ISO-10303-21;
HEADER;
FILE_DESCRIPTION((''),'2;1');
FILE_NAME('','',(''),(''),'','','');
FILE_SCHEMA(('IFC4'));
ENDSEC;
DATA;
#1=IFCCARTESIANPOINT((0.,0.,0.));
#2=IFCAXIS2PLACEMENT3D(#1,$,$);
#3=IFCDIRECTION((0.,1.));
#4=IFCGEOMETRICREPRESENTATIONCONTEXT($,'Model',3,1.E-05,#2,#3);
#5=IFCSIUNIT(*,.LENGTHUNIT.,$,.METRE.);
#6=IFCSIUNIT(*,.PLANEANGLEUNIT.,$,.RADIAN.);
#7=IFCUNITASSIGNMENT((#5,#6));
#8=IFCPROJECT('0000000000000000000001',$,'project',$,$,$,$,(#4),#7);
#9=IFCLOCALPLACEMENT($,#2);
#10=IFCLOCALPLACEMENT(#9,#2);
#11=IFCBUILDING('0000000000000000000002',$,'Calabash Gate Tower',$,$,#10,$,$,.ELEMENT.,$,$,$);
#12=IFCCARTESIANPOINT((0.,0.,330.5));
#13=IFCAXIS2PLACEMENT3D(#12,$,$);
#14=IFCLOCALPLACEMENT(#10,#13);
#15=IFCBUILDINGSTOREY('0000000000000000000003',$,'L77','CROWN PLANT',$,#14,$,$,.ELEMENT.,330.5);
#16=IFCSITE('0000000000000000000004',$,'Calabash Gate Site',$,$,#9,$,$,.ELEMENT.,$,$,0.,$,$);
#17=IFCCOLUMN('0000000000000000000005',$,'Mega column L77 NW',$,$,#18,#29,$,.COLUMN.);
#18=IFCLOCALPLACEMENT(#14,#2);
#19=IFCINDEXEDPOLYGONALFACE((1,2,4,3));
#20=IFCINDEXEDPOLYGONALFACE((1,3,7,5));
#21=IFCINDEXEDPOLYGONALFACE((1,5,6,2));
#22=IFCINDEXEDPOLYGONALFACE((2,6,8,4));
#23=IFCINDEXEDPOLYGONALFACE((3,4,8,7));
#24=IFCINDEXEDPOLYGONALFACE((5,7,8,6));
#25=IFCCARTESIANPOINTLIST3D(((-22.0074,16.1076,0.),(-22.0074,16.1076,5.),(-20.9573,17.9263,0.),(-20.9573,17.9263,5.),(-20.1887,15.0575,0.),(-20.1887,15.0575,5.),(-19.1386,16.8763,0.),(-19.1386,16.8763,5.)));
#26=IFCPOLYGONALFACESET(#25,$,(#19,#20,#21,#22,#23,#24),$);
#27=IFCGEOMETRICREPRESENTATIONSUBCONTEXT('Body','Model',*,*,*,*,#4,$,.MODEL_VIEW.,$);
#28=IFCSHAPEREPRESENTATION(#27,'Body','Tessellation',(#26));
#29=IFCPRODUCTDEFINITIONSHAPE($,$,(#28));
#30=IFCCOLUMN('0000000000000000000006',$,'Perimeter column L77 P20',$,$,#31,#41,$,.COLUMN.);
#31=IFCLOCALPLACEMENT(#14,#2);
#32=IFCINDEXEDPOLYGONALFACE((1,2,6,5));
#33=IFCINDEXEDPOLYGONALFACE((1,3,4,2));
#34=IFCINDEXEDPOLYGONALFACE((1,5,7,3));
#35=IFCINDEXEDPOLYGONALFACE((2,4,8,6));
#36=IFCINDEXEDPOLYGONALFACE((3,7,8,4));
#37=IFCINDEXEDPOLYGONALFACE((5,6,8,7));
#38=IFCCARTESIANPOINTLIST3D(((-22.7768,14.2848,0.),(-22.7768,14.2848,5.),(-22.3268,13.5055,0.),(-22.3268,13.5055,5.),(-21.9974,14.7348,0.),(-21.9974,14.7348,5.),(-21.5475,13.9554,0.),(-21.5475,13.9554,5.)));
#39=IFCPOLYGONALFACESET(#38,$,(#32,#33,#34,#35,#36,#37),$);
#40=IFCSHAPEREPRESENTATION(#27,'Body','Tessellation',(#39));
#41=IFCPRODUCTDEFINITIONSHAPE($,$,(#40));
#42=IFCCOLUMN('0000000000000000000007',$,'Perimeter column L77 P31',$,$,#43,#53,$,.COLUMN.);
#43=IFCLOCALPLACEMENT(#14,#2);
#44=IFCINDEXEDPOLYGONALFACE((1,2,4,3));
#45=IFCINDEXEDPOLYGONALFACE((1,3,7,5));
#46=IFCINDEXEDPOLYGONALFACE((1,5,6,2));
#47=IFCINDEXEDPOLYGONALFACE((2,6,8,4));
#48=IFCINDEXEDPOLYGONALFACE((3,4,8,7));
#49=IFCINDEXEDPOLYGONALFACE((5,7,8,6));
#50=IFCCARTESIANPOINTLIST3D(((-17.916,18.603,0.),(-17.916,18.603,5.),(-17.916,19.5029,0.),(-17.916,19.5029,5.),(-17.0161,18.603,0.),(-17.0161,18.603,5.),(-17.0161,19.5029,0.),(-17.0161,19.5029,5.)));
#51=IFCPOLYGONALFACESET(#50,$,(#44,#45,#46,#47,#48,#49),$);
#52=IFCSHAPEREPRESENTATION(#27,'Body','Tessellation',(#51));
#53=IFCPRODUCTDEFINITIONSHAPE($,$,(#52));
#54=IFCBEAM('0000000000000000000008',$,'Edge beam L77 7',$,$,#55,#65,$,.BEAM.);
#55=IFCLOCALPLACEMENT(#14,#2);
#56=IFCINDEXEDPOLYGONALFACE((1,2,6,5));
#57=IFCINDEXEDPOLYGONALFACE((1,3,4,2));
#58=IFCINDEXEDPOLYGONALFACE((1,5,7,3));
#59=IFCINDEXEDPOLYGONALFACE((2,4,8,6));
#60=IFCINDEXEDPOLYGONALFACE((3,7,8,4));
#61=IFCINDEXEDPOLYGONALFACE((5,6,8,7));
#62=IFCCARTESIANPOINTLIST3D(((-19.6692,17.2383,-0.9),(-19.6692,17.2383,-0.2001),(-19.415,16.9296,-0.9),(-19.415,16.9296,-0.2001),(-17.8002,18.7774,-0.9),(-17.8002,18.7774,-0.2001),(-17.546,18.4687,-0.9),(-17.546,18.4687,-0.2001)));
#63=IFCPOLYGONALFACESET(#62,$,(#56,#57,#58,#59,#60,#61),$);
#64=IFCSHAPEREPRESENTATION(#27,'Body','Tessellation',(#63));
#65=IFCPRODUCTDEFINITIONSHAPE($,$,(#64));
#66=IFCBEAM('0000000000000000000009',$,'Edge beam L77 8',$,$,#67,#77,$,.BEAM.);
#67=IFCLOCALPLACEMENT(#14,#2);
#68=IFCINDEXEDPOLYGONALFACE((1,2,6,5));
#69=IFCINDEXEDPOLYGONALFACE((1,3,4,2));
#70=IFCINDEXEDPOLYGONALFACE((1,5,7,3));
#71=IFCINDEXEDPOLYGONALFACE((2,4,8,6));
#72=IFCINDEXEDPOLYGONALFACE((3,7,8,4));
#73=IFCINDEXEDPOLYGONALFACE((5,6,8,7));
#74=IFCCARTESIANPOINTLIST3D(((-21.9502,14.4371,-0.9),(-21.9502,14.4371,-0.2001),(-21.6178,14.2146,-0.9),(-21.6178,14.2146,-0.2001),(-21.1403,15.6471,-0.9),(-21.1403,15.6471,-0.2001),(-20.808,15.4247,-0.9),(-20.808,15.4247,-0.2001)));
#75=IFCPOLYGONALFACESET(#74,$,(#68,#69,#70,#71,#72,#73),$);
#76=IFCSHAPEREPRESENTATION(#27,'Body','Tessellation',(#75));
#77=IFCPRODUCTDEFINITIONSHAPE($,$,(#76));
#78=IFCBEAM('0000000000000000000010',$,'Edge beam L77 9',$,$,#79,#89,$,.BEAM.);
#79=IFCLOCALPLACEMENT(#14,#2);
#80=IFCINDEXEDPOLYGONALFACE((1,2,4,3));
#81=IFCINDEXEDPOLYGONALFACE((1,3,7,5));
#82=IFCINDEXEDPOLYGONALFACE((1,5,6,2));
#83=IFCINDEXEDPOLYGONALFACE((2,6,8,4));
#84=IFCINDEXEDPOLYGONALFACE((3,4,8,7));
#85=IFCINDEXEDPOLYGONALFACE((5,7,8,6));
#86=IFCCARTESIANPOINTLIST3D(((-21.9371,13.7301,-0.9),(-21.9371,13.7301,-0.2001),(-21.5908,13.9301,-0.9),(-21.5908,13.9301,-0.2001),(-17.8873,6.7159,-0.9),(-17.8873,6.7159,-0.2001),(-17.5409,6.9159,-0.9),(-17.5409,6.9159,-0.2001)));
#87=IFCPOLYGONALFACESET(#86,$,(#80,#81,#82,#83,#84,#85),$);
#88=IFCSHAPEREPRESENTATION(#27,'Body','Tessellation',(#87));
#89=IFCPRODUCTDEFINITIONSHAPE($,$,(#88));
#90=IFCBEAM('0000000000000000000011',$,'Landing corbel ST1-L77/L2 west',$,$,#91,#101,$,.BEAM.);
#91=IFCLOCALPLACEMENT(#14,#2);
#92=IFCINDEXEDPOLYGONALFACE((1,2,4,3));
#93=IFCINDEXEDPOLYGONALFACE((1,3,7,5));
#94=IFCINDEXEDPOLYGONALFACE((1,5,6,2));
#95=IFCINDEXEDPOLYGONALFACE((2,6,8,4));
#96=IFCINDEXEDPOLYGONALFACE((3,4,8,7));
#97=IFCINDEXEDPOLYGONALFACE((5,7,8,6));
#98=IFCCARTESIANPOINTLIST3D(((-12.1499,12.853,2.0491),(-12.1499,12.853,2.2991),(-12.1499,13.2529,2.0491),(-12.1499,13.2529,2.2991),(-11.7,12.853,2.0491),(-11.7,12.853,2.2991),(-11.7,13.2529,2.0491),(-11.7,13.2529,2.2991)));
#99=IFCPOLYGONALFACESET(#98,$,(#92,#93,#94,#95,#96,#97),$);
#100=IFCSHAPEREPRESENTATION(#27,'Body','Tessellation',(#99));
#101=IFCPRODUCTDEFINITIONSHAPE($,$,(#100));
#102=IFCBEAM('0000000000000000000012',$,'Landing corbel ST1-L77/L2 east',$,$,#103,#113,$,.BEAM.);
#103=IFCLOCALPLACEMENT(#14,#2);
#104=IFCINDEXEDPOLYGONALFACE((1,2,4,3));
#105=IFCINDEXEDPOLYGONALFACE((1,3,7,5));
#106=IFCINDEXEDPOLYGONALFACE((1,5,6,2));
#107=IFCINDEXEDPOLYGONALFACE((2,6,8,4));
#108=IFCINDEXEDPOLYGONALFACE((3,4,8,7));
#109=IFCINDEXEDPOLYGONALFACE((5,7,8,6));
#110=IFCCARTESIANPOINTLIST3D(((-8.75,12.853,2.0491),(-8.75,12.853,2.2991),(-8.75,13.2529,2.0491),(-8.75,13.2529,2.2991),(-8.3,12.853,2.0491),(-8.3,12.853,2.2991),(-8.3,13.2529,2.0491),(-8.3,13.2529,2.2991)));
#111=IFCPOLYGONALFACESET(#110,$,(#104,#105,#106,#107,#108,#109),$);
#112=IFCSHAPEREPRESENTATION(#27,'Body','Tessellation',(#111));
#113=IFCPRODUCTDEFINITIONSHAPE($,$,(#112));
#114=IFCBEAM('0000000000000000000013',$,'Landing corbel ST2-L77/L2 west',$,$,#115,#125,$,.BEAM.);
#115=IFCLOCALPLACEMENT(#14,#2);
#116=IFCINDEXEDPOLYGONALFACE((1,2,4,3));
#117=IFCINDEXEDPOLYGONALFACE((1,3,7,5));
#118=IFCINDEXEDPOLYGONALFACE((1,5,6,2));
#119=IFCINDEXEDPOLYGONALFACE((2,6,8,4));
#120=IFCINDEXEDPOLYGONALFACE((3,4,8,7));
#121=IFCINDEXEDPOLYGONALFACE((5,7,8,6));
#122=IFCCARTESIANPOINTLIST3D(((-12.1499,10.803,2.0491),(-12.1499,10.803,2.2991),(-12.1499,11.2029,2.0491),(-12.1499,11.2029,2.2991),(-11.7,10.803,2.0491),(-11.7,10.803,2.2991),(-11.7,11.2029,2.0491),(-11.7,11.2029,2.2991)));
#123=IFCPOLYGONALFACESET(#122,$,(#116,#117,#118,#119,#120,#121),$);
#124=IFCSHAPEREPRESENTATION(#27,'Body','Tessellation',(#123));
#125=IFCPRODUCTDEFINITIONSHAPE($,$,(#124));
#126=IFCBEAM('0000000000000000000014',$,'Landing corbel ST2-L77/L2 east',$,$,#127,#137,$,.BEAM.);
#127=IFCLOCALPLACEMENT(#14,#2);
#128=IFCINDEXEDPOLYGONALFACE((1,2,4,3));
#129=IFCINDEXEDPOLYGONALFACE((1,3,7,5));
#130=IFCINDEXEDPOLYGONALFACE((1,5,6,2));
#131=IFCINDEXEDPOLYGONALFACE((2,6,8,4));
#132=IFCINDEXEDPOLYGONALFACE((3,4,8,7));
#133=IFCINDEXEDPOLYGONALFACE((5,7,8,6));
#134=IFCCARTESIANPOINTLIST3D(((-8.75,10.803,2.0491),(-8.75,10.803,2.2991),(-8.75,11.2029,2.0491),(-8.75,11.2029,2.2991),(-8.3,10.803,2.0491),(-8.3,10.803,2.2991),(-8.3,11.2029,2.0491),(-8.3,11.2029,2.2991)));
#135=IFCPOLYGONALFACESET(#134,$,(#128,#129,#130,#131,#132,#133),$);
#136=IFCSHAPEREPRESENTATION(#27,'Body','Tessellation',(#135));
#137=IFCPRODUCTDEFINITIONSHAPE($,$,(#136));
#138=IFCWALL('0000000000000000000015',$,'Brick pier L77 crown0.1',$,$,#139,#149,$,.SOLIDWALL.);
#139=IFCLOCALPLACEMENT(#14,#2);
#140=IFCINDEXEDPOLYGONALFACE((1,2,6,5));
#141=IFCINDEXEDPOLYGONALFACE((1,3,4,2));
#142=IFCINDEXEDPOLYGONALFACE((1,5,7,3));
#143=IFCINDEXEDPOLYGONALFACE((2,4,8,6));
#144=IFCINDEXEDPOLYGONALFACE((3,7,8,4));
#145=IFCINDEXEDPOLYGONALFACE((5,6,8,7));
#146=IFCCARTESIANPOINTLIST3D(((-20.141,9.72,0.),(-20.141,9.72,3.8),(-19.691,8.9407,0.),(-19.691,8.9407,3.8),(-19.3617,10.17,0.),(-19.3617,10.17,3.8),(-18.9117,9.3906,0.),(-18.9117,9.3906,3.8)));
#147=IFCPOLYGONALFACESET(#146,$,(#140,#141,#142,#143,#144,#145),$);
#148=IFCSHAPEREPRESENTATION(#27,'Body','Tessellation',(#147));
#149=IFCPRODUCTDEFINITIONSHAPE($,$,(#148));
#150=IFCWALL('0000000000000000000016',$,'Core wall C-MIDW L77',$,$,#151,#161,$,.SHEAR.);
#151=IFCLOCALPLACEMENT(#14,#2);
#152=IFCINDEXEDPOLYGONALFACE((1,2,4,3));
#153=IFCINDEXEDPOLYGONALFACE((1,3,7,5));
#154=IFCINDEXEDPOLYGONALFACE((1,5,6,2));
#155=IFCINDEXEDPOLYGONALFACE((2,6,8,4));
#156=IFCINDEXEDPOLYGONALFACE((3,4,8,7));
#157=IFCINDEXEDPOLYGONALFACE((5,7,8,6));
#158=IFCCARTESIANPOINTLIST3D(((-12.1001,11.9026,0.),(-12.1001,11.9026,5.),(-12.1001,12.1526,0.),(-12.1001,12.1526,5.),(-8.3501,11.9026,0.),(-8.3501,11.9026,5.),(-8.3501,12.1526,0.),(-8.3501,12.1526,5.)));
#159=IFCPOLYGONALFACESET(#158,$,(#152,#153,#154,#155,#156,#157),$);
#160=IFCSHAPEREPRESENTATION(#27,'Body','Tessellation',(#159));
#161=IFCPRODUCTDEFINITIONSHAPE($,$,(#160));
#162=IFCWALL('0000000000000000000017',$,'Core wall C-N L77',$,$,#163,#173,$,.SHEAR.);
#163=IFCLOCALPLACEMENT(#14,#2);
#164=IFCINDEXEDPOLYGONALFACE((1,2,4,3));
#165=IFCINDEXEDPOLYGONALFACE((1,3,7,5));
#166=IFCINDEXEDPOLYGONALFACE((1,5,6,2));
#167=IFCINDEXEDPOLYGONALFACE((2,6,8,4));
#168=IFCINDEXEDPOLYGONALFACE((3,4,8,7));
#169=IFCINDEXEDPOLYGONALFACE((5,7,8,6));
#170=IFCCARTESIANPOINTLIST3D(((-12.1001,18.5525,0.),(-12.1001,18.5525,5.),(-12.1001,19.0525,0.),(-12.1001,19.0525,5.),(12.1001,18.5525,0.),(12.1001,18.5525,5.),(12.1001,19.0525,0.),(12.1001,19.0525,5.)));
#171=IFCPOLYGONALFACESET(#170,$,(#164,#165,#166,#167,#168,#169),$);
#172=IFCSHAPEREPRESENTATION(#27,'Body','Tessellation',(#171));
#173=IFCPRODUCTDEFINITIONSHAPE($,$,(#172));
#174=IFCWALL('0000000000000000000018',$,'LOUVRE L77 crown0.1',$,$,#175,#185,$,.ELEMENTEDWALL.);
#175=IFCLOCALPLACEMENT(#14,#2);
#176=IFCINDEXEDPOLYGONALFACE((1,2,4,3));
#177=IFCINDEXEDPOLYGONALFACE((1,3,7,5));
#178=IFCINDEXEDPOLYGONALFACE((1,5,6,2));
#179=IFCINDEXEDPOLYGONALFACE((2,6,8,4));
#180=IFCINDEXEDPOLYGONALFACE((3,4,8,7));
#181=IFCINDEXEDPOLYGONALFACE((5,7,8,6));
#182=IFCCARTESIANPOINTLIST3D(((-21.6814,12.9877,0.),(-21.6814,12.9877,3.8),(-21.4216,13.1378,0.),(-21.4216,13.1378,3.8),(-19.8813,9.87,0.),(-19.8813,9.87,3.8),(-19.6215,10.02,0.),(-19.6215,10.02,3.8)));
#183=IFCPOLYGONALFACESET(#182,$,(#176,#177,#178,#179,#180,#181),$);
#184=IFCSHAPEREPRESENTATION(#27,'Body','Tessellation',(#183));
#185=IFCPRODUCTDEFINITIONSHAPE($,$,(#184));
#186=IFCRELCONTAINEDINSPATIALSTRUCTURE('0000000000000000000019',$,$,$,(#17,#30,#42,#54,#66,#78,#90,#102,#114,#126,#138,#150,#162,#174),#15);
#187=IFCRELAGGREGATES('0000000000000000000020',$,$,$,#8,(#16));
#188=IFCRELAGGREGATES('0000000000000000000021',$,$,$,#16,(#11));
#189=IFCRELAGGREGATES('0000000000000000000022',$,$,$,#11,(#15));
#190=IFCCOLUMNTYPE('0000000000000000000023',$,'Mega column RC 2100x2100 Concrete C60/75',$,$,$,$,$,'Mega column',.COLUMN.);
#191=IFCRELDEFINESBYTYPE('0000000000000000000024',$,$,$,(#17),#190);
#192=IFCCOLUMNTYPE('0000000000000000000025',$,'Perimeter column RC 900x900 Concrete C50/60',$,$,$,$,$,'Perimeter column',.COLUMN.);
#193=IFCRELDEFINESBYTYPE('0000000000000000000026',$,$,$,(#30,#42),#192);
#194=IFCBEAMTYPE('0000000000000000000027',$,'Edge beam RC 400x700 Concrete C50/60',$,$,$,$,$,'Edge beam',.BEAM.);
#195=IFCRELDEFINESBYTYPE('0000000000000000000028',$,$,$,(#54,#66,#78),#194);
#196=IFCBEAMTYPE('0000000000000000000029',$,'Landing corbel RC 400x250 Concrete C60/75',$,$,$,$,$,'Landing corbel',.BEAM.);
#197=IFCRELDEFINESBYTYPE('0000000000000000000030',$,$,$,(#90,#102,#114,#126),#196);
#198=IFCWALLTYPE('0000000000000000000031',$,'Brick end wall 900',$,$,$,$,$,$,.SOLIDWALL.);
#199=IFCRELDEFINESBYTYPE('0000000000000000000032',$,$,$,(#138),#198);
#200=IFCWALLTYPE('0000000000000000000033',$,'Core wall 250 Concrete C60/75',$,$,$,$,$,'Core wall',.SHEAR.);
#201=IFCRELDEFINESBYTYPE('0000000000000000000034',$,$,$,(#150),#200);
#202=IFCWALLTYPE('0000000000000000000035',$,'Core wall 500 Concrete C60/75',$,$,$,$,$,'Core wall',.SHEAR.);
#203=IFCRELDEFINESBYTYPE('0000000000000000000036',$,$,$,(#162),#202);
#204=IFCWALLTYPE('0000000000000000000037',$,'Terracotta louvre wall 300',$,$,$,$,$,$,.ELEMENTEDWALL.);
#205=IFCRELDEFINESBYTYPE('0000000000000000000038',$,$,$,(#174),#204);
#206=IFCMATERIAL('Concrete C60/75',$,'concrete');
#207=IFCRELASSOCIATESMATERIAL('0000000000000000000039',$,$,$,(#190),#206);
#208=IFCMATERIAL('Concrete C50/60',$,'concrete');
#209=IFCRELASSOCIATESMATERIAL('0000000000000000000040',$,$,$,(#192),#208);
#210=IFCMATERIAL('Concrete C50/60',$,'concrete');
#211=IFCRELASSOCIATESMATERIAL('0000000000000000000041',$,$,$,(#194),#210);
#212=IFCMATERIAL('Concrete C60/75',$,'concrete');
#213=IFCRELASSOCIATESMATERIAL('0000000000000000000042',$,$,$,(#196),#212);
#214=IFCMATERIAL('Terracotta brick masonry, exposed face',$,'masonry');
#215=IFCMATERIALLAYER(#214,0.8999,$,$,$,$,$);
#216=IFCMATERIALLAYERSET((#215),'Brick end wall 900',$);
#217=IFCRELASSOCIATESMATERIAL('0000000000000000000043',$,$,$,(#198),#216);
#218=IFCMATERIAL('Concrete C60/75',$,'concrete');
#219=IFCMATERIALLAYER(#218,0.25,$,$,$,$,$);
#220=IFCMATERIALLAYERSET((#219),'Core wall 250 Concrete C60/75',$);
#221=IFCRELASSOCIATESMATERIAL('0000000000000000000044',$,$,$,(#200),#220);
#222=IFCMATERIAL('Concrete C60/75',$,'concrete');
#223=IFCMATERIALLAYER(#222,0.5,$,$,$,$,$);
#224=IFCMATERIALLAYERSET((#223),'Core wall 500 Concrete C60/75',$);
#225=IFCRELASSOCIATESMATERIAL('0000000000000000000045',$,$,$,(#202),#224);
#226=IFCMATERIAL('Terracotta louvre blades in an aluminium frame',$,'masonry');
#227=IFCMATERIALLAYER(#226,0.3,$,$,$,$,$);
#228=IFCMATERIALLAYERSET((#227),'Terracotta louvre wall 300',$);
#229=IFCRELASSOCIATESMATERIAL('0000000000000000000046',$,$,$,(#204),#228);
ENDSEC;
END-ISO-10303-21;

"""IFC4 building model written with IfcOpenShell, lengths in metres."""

from ifc_helpers import new_model, si_unit, direction, frame, frame_2d, origin, origin_2d, place, context, subcontext, project, spatial, rectangle, extrude, material, layer, layer_set, material_profile, profile_set, type_object, element, save


model = new_model("IFC4")

# Units and contexts
model_context = context("Model", 3, precision=1e-05, world=origin(), true_north=direction((0.0, 1.0)))
body_context = subcontext(model_context, "Body", "Model", "MODEL_VIEW")
ifc_project = project(units=[si_unit("LENGTHUNIT", "METRE"), si_unit("PLANEANGLEUNIT", "RADIAN")], contexts=[model_context])

# Site, building, storey
site_placement = place(None, origin())
site = spatial("IfcSite", under=ifc_project, at=site_placement, Name="Calabash Gate Site", CompositionType="ELEMENT", RefElevation=0.0)
building_placement = place(site_placement, origin())
building = spatial("IfcBuilding", under=site, at=building_placement, Name="Calabash Gate Tower", CompositionType="ELEMENT")
storey_placement = place(building_placement, frame((0.0, 0.0, 330.5)))
storey = spatial("IfcBuildingStorey", under=building, at=storey_placement, Name="L77", Description="CROWN PLANT", CompositionType="ELEMENT", Elevation=330.5)

# Columns
ifc_material_1 = material(Name="Concrete C60/75", Category="concrete")
ifc_material_profile_1 = material_profile(ifc_material_1, rectangle(XDim=2.1001, YDim=2.1001, at=origin_2d()))
ifc_profile_set_1 = profile_set([ifc_material_profile_1], Name="Concrete C60/75")
column_type_1 = type_object("IfcColumnType", Name="Mega column RC 2100x2100 Concrete C60/75", ElementType="Mega column", PredefinedType="COLUMN", material=ifc_profile_set_1)
column_placement = place(storey_placement, frame((-20.573, 16.4919, 0.0), z_axis=(0.0, 0.0, 1.0), x_axis=(0.866025, -0.5, 0.0)))
element("IfcColumn", 1, at=column_placement, inside=storey, type_object=column_type_1, Name="Mega column L77 NW", PredefinedType="COLUMN", context=body_context, shape_type="SweptSolid", body=[
    extrude(rectangle(XDim=2.1001, YDim=2.1001, at=origin_2d()), origin(), (0.0, 0.0, 1.0), 5.0),
])
ifc_material_2 = material(Name="Concrete C50/60", Category="concrete")
ifc_material_profile_2 = material_profile(ifc_material_2, rectangle(XDim=0.8999, YDim=0.8999, at=origin_2d()))
ifc_profile_set_2 = profile_set([ifc_material_profile_2], Name="Concrete C50/60")
column_type_2 = type_object("IfcColumnType", Name="Perimeter column RC 900x900 Concrete C50/60", ElementType="Perimeter column", PredefinedType="COLUMN", material=ifc_profile_set_2)
for number, where, z_axis, x_axis, name in (
    (2, (-22.1621, 14.1201, 0.0), (0.0, 0.0, 1.0), (0.5, -0.866025, 0.0), "Perimeter column L77 P20"),
    (3, (-17.4661, 19.053, 0.0), (0.0, 0.0, 1.0), (-1.0, 0.0, 0.0), "Perimeter column L77 P31"),
):
    element("IfcColumn", number, at=place(storey_placement, frame(where, z_axis=z_axis, x_axis=x_axis)), inside=storey, type_object=column_type_2, Name=name, PredefinedType="COLUMN", context=body_context, shape_type="SweptSolid", body=[
        extrude(rectangle(XDim=0.8999, YDim=0.8999, at=origin_2d()), origin(), (0.0, 0.0, 1.0), 5.0),
    ])

# Beams
ifc_material_3 = material(Name="Concrete C50/60", Category="concrete")
ifc_material_profile_3 = material_profile(ifc_material_3, rectangle(XDim=0.3999, YDim=0.7, at=origin_2d()))
ifc_profile_set_3 = profile_set([ifc_material_profile_3], Name="Concrete C50/60")
beam_type_1 = type_object("IfcBeamType", Name="Edge beam RC 400x700 Concrete C50/60", ElementType="Edge beam", PredefinedType="BEAM", material=ifc_profile_set_3)
beam_1_placement = place(storey_placement, frame((-17.6731, 18.623, -0.55), z_axis=(-0.771936, -0.6357, 0.0), x_axis=(0.6357, -0.771936, 0.0)))
element("IfcBeam", 4, at=beam_1_placement, inside=storey, type_object=beam_type_1, Name="Edge beam L77 7", PredefinedType="BEAM", context=body_context, shape_type="SweptSolid", body=[
    extrude(rectangle(XDim=0.3999, YDim=0.7, at=origin_2d()), origin(), (0.0, 0.0, 1.0), 2.4211),
])
beam_2_placement = place(storey_placement, frame((-20.9741, 15.5359, -0.55), z_axis=(-0.556208, -0.831043, 0.0), x_axis=(0.831043, -0.556208, 0.0)))
element("IfcBeam", 5, at=beam_2_placement, inside=storey, type_object=beam_type_1, Name="Edge beam L77 8", PredefinedType="BEAM", context=body_context, shape_type="SweptSolid", body=[
    extrude(rectangle(XDim=0.3999, YDim=0.7, at=origin_2d()), origin(), (0.0, 0.0, 1.0), 1.4561),
])
beam_3_placement = place(storey_placement, frame((-21.7639, 13.8301, -0.55), z_axis=(0.500016, -0.866016, 0.0), x_axis=(0.866016, 0.500016, 0.0)))
element("IfcBeam", 6, at=beam_3_placement, inside=storey, type_object=beam_type_1, Name="Edge beam L77 9", PredefinedType="BEAM", context=body_context, shape_type="SweptSolid", body=[
    extrude(rectangle(XDim=0.3999, YDim=0.7, at=origin_2d()), origin(), (0.0, 0.0, 1.0), 8.0994),
])
ifc_material_4 = material(Name="Concrete C60/75", Category="concrete")
ifc_material_profile_4 = material_profile(ifc_material_4, rectangle(XDim=0.3999, YDim=0.25, at=origin_2d()))
ifc_profile_set_4 = profile_set([ifc_material_profile_4], Name="Concrete C60/75")
beam_type_2 = type_object("IfcBeamType", Name="Landing corbel RC 400x250 Concrete C60/75", ElementType="Landing corbel", PredefinedType="BEAM", material=ifc_profile_set_4)
for number, where, z_axis, x_axis, name in (
    (7, (-12.1499, 13.053, 2.1741), (1.0, 0.0, 0.0), (0.0, 1.0, 0.0), "Landing corbel ST1-L77/L2 west"),
    (8, (-8.3, 13.053, 2.1741), (-1.0, 0.0, 0.0), (0.0, -1.0, 0.0), "Landing corbel ST1-L77/L2 east"),
    (9, (-12.1499, 11.0029, 2.1741), (1.0, 0.0, 0.0), (0.0, 1.0, 0.0), "Landing corbel ST2-L77/L2 west"),
    (10, (-8.3, 11.0029, 2.1741), (-1.0, 0.0, 0.0), (0.0, -1.0, 0.0), "Landing corbel ST2-L77/L2 east"),
):
    element("IfcBeam", number, at=place(storey_placement, frame(where, z_axis=z_axis, x_axis=x_axis)), inside=storey, type_object=beam_type_2, Name=name, PredefinedType="BEAM", context=body_context, shape_type="SweptSolid", body=[
        extrude(rectangle(XDim=0.3999, YDim=0.25, at=origin_2d()), origin(), (0.0, 0.0, 1.0), 0.45),
    ])

# Walls
ifc_material_5 = material(Name="Terracotta brick masonry, exposed face", Category="masonry")
ifc_layer_1 = layer(ifc_material_5, 0.8999)
ifc_layer_set_1 = layer_set([ifc_layer_1], Name="Brick end wall 900")
wall_type_1 = type_object("IfcWallType", Name="Brick end wall 900", PredefinedType="SOLIDWALL", material=ifc_layer_set_1)
wall_1_placement = place(storey_placement, frame((-19.916, 9.3303, 0.0), z_axis=(0.0, 0.0, 1.0), x_axis=(0.866014, 0.50002, 0.0)))
element("IfcWall", 11, at=wall_1_placement, inside=storey, type_object=wall_type_1, Name="Brick pier L77 crown0.1", PredefinedType="SOLIDWALL", context=body_context, shape_type="SweptSolid", body=[
    extrude(rectangle(XDim=0.8999, YDim=0.8999, at=frame_2d((0.45, 0.0))), origin(), (0.0, 0.0, 1.0), 3.8),
])
ifc_material_6 = material(Name="Concrete C60/75", Category="concrete")
ifc_layer_2 = layer(ifc_material_6, 0.25)
ifc_layer_set_2 = layer_set([ifc_layer_2], Name="Core wall 250 Concrete C60/75")
wall_type_2 = type_object("IfcWallType", Name="Core wall 250 Concrete C60/75", ElementType="Core wall", PredefinedType="SHEAR", material=ifc_layer_set_2)
wall_2_placement = place(storey_placement, frame((-12.1001, 12.0276, 0.0), z_axis=(0.0, 0.0, 1.0), x_axis=(1.0, 0.0, 0.0)))
element("IfcWall", 12, at=wall_2_placement, inside=storey, type_object=wall_type_2, Name="Core wall C-MIDW L77", PredefinedType="SHEAR", context=body_context, shape_type="SweptSolid", body=[
    extrude(rectangle(XDim=3.75, YDim=0.25, at=frame_2d((1.875, 0.0))), origin(), (0.0, 0.0, 1.0), 5.0),
])
ifc_material_7 = material(Name="Concrete C60/75", Category="concrete")
ifc_layer_3 = layer(ifc_material_7, 0.5)
ifc_layer_set_3 = layer_set([ifc_layer_3], Name="Core wall 500 Concrete C60/75")
wall_type_3 = type_object("IfcWallType", Name="Core wall 500 Concrete C60/75", ElementType="Core wall", PredefinedType="SHEAR", material=ifc_layer_set_3)
wall_3_placement = place(storey_placement, frame((-12.1001, 18.8025, 0.0), z_axis=(0.0, 0.0, 1.0), x_axis=(1.0, 0.0, 0.0)))
element("IfcWall", 13, at=wall_3_placement, inside=storey, type_object=wall_type_3, Name="Core wall C-N L77", PredefinedType="SHEAR", context=body_context, shape_type="SweptSolid", body=[
    extrude(rectangle(XDim=24.2002, YDim=0.5, at=frame_2d((12.1001, 0.0))), origin(), (0.0, 0.0, 1.0), 5.0),
])
ifc_material_8 = material(Name="Terracotta louvre blades in an aluminium frame", Category="masonry")
ifc_layer_4 = layer(ifc_material_8, 0.3)
ifc_layer_set_4 = layer_set([ifc_layer_4], Name="Terracotta louvre wall 300")
wall_type_4 = type_object("IfcWallType", Name="Terracotta louvre wall 300", PredefinedType="ELEMENTEDWALL", material=ifc_layer_set_4)
wall_4_placement = place(storey_placement, frame((-21.5515, 13.0627, 0.0), z_axis=(0.0, 0.0, 1.0), x_axis=(0.500012, -0.866018, 0.0)))
element("IfcWall", 14, at=wall_4_placement, inside=storey, type_object=wall_type_4, Name="LOUVRE L77 crown0.1", PredefinedType="ELEMENTEDWALL", context=body_context, shape_type="SweptSolid", body=[
    extrude(rectangle(XDim=3.6001, YDim=0.3, at=frame_2d((1.8, 0.0))), origin(), (0.0, 0.0, 1.0), 3.8),
])

save(model, "model.ifc")
